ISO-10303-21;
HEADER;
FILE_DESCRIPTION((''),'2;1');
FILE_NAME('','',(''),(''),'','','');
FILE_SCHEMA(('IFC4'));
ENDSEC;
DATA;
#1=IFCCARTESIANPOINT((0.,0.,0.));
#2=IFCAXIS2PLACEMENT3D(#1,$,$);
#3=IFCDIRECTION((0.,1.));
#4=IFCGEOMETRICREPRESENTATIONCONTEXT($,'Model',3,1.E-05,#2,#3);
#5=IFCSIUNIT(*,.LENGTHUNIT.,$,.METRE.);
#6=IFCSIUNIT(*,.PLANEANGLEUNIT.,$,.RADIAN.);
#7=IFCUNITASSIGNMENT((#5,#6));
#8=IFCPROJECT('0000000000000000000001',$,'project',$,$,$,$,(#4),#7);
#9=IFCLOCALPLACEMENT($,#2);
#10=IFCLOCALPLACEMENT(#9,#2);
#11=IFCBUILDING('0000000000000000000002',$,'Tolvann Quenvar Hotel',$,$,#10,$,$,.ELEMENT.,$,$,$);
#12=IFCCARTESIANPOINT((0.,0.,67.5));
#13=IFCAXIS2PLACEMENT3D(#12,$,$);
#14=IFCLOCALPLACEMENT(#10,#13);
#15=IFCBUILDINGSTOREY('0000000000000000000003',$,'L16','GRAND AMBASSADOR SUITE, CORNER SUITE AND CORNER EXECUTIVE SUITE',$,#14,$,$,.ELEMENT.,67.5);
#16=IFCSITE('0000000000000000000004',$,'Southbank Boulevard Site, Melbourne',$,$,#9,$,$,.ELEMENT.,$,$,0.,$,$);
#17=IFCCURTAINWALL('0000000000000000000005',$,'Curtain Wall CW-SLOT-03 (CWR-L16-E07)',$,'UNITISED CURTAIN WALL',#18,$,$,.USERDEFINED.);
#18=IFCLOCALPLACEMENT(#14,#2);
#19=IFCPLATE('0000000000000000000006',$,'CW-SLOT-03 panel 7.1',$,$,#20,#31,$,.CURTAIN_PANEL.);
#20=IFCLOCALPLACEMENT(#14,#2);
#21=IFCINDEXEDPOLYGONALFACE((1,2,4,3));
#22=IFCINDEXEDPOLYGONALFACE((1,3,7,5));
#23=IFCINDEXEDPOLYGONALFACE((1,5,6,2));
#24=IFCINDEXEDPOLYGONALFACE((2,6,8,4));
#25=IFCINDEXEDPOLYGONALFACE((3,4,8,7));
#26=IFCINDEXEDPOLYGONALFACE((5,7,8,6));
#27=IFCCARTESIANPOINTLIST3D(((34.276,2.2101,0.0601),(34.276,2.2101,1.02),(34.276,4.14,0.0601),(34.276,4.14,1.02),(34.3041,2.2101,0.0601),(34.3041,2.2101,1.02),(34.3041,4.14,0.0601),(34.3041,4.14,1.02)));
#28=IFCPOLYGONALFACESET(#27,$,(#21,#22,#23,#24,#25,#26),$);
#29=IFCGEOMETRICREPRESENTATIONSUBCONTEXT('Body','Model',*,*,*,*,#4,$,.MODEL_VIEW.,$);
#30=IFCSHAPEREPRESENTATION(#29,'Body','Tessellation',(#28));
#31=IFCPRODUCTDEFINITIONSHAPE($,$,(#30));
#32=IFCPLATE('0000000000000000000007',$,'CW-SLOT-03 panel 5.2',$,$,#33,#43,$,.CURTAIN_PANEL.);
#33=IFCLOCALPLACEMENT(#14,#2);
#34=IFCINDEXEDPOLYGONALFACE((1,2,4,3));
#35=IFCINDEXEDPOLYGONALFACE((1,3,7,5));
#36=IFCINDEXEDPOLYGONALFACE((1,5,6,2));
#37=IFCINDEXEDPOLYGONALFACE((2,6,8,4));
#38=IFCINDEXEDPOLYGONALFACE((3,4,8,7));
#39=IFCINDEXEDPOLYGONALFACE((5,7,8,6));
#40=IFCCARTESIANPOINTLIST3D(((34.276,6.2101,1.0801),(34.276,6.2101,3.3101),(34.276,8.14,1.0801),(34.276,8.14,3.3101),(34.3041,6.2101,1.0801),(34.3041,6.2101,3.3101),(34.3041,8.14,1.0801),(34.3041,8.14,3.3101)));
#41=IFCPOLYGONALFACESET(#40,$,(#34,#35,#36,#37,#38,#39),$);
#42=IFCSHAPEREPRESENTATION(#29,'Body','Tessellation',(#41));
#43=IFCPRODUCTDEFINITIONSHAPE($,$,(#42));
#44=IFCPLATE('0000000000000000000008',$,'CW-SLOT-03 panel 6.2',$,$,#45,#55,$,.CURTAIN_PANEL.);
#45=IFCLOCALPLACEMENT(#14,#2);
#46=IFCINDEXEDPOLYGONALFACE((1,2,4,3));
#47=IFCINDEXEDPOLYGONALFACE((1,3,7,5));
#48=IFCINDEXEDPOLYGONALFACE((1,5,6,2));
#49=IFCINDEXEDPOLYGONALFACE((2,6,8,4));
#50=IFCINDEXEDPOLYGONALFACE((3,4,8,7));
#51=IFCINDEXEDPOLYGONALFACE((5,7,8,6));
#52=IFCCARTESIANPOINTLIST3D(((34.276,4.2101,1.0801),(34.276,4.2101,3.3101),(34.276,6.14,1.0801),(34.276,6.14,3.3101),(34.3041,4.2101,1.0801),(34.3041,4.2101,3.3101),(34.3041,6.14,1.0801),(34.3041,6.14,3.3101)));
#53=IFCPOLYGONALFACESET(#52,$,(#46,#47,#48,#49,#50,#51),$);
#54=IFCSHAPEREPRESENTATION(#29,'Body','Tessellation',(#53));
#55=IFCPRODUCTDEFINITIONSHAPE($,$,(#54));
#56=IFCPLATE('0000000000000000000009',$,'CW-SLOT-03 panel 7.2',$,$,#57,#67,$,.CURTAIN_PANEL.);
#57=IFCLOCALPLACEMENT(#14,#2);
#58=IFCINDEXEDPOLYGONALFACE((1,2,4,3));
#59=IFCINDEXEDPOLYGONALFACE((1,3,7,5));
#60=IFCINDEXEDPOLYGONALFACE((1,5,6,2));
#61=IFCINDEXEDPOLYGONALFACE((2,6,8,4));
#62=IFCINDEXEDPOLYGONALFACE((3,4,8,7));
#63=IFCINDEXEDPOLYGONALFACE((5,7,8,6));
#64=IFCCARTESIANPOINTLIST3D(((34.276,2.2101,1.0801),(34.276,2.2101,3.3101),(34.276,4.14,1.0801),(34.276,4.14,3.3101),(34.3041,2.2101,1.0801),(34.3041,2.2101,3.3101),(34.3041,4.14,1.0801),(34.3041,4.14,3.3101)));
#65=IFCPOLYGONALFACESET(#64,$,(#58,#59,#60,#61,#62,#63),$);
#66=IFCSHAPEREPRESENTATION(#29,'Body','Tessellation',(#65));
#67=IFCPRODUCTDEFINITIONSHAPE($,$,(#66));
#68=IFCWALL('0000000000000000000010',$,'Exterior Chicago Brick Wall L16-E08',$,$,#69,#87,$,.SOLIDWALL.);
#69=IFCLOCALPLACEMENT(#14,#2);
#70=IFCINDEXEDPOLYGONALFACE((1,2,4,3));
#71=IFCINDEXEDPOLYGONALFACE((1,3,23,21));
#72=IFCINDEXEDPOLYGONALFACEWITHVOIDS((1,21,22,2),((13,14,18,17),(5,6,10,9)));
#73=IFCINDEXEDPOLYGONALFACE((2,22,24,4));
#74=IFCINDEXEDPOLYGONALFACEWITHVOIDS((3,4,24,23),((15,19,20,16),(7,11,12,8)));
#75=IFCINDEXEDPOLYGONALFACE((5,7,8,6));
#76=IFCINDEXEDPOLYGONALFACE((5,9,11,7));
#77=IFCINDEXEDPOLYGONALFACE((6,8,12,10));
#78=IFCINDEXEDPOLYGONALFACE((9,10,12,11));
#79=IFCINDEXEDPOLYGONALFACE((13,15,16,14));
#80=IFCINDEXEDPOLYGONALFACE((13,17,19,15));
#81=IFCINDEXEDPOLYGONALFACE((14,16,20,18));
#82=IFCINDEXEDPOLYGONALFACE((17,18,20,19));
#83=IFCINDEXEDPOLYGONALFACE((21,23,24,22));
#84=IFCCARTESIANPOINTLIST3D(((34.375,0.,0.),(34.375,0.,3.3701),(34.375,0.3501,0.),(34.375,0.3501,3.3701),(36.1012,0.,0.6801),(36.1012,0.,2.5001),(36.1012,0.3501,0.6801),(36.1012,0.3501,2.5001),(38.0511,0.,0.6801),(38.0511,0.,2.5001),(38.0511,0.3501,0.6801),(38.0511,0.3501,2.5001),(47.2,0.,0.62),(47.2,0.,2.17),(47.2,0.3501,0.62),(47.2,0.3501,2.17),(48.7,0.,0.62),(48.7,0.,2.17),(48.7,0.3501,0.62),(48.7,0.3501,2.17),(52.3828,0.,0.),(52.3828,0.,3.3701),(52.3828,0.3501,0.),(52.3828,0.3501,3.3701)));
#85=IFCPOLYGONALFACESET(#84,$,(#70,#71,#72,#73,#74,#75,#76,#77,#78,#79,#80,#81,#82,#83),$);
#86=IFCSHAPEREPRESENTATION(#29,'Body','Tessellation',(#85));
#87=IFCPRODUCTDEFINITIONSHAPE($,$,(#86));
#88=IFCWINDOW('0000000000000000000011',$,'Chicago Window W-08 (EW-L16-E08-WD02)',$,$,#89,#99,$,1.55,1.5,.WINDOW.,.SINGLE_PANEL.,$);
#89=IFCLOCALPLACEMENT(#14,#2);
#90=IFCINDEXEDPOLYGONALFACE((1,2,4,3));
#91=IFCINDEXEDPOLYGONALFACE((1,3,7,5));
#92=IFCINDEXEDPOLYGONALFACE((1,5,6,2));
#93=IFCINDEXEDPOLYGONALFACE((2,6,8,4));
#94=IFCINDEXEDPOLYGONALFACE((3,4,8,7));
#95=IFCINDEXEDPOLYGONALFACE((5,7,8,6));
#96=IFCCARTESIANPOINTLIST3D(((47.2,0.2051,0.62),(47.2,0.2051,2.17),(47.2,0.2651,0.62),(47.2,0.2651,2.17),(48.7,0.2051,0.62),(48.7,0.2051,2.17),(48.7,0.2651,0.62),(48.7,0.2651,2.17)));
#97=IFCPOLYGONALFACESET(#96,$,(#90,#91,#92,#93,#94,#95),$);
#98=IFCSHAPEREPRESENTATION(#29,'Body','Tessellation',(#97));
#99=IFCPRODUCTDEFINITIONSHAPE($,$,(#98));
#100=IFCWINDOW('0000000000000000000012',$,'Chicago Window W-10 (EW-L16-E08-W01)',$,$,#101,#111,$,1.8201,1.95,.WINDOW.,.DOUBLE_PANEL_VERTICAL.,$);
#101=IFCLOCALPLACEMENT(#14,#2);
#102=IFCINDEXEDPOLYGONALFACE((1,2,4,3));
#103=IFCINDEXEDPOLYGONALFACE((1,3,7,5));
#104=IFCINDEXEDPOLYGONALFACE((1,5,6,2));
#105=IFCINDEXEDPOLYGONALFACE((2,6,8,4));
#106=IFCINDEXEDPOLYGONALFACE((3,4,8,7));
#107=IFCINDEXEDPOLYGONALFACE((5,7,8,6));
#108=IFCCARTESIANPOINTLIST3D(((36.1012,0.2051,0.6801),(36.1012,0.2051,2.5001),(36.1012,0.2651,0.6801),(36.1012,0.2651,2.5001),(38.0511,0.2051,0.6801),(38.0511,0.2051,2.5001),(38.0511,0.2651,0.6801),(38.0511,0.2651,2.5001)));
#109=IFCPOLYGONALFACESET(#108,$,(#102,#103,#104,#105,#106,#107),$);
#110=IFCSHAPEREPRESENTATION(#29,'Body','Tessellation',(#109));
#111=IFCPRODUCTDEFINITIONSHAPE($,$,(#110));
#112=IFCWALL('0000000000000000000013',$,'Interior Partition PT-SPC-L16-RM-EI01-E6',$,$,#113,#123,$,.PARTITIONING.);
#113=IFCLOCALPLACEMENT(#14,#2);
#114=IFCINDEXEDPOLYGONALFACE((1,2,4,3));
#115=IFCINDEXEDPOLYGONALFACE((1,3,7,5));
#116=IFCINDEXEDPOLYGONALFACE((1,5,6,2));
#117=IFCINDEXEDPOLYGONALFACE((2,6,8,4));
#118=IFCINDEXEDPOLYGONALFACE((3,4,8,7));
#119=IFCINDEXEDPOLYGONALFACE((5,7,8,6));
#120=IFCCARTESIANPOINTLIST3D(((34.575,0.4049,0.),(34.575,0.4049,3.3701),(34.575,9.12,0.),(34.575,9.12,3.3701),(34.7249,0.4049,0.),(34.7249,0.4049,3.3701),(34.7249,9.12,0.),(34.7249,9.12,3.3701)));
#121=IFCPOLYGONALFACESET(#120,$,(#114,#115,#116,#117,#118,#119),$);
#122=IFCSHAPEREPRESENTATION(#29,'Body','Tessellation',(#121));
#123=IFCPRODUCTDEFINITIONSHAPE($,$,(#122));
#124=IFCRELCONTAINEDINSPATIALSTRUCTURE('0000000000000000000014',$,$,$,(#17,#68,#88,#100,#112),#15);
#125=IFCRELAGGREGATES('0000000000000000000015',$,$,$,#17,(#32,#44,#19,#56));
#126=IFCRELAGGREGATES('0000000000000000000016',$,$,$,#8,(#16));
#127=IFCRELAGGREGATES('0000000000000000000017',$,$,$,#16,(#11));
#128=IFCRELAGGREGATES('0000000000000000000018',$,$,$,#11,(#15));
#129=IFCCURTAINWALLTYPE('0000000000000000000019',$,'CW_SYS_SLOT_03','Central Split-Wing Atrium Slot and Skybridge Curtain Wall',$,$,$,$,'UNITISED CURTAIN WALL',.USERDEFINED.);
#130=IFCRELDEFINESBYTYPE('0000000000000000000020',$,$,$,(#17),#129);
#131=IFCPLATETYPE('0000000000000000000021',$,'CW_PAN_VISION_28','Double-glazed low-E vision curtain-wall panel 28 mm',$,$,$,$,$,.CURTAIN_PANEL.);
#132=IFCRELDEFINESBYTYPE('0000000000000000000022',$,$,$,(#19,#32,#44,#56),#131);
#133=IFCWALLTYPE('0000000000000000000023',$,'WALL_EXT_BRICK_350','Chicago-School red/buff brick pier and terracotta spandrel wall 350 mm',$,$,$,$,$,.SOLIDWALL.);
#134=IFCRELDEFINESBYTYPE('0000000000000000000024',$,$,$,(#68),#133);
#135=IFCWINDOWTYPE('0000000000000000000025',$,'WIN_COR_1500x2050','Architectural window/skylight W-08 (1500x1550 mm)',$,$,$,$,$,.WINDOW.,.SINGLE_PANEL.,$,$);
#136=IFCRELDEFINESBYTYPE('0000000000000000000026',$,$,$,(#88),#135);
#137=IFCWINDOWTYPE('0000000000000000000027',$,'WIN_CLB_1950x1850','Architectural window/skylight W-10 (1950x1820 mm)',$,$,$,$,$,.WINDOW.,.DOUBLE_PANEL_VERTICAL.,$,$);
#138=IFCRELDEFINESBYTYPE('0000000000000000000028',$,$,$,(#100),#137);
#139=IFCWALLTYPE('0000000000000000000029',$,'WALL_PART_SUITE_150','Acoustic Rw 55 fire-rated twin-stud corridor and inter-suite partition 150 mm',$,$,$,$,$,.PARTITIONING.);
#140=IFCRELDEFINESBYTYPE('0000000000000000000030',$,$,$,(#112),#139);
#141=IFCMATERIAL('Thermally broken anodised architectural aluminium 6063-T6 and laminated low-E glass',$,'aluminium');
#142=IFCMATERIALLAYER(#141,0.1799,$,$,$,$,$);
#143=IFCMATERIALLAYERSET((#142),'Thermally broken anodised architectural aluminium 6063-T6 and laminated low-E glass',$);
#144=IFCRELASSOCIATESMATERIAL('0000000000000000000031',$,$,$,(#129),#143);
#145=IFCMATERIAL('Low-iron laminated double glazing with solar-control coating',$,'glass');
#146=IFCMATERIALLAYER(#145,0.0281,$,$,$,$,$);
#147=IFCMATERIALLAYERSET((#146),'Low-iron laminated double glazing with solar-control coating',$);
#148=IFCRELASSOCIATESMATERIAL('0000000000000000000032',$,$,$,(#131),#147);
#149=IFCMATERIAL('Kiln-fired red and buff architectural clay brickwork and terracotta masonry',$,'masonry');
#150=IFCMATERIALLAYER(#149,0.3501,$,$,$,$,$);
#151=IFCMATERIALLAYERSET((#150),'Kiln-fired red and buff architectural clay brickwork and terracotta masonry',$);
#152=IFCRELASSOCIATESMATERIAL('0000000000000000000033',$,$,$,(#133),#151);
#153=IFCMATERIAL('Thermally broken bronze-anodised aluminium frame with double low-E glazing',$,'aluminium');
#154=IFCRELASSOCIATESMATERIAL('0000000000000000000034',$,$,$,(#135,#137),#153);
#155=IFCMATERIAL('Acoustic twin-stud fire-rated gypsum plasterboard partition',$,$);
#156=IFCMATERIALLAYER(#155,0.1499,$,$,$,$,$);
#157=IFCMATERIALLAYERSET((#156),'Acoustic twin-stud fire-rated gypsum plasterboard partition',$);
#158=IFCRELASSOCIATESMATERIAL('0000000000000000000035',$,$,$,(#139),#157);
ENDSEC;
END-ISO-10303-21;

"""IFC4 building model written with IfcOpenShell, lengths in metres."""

from ifc_helpers import new_model, si_unit, direction, frame, frame_2d, origin, origin_2d, place, context, subcontext, project, spatial, rectangle, extrude, source, transform, mapped, material, layer, layer_set, type_object, type_shapes, element, fill, aggregate, save


model = new_model("IFC4")

# Units and contexts
model_context = context("Model", 3, precision=1e-05, world=origin(), true_north=direction((0.0, 1.0)))
body_context = subcontext(model_context, "Body", "Model", "MODEL_VIEW")
ifc_project = project(units=[si_unit("LENGTHUNIT", "METRE"), si_unit("PLANEANGLEUNIT", "RADIAN")], contexts=[model_context])

# Site, building, storey
site_placement = place(None, origin())
site = spatial("IfcSite", under=ifc_project, at=site_placement, Name="Southbank Boulevard Site, Melbourne", CompositionType="ELEMENT", RefElevation=0.0)
building_placement = place(site_placement, origin())
building = spatial("IfcBuilding", under=site, at=building_placement, Name="Tolvann Quenvar Hotel", CompositionType="ELEMENT")
storey_placement = place(building_placement, frame((0.0, 0.0, 67.5)))
storey = spatial("IfcBuildingStorey", under=building, at=storey_placement, Name="L16", Description="GRAND AMBASSADOR SUITE, CORNER SUITE AND CORNER EXECUTIVE SUITE", CompositionType="ELEMENT", Elevation=67.5)

# Curtain wall, plates
ifc_material_1 = material(Name="Thermally broken anodised architectural aluminium 6063-T6 and laminated low-E glass", Category="aluminium")
ifc_layer_1 = layer(ifc_material_1, 0.1799)
ifc_layer_set_1 = layer_set([ifc_layer_1], Name="Thermally broken anodised architectural aluminium 6063-T6 and laminated low-E glass")
curtain_wall_type = type_object("IfcCurtainWallType", Name="CW_SYS_SLOT_03", Description="Central Split-Wing Atrium Slot and Skybridge Curtain Wall", ElementType="UNITISED CURTAIN WALL", PredefinedType="USERDEFINED", material=ifc_layer_set_1)
curtain_wall_placement = place(storey_placement, origin())
curtain_wall = element("IfcCurtainWall", 1, at=curtain_wall_placement, inside=storey, type_object=curtain_wall_type, Name="Curtain Wall CW-SLOT-03 (CWR-L16-E07)", ObjectType="UNITISED CURTAIN WALL", PredefinedType="USERDEFINED")
ifc_material_2 = material(Name="Low-iron laminated double glazing with solar-control coating", Category="glass")
ifc_layer_2 = layer(ifc_material_2, 0.0281)
ifc_layer_set_2 = layer_set([ifc_layer_2], Name="Low-iron laminated double glazing with solar-control coating")
plate_type = type_object("IfcPlateType", Name="CW_PAN_VISION_28", Description="Double-glazed low-E vision curtain-wall panel 28 mm", PredefinedType="CURTAIN_PANEL", material=ifc_layer_set_2)
shared_shape_1 = source(origin(), body_context, "Body", "SweptSolid", [
    extrude(rectangle(XDim=1.9299, YDim=0.0281, at=origin_2d()), origin(), (0.0, 0.0, 1.0), 0.96),
])
plate_1_placement = place(storey_placement, frame((34.29, 3.175, 0.0601), z_axis=(0.0, 0.0, 1.0), x_axis=(0.0, -1.0, 0.0)))
plate_1 = element("IfcPlate", 2, at=plate_1_placement, type_object=plate_type, Name="CW-SLOT-03 panel 7.1", PredefinedType="CURTAIN_PANEL", context=body_context, shape_type="MappedRepresentation", body=[
    mapped(shared_shape_1, transform((0.0, 0.0, 0.0), x_axis=(1.0, 0.0, 0.0), y_axis=(0.0, 1.0, 0.0), z_axis=(0.0, 0.0, 1.0), scale=1.0)),
])
shared_shape_2 = source(origin(), body_context, "Body", "SweptSolid", [
    extrude(rectangle(XDim=1.9299, YDim=0.0281, at=origin_2d()), origin(), (0.0, 0.0, 1.0), 2.23),
])
plate_2_placement = place(storey_placement, frame((34.29, 7.175, 1.0801), z_axis=(0.0, 0.0, 1.0), x_axis=(0.0, -1.0, 0.0)))
plate_2 = element("IfcPlate", 3, at=plate_2_placement, type_object=plate_type, Name="CW-SLOT-03 panel 5.2", PredefinedType="CURTAIN_PANEL", context=body_context, shape_type="MappedRepresentation", body=[
    mapped(shared_shape_2, transform((0.0, 0.0, 0.0), x_axis=(1.0, 0.0, 0.0), y_axis=(0.0, 1.0, 0.0), z_axis=(0.0, 0.0, 1.0), scale=1.0)),
])
plate_3_placement = place(storey_placement, frame((34.29, 5.175, 1.0801), z_axis=(0.0, 0.0, 1.0), x_axis=(0.0, -1.0, 0.0)))
plate_3 = element("IfcPlate", 4, at=plate_3_placement, type_object=plate_type, Name="CW-SLOT-03 panel 6.2", PredefinedType="CURTAIN_PANEL", context=body_context, shape_type="MappedRepresentation", body=[
    mapped(shared_shape_2, transform((0.0, 0.0, 0.0), x_axis=(1.0, 0.0, 0.0), y_axis=(0.0, 1.0, 0.0), z_axis=(0.0, 0.0, 1.0), scale=1.0)),
])
plate_4_placement = place(storey_placement, frame((34.29, 3.175, 1.0801), z_axis=(0.0, 0.0, 1.0), x_axis=(0.0, -1.0, 0.0)))
plate_4 = element("IfcPlate", 5, at=plate_4_placement, type_object=plate_type, Name="CW-SLOT-03 panel 7.2", PredefinedType="CURTAIN_PANEL", context=body_context, shape_type="MappedRepresentation", body=[
    mapped(shared_shape_2, transform((0.0, 0.0, 0.0), x_axis=(1.0, 0.0, 0.0), y_axis=(0.0, 1.0, 0.0), z_axis=(0.0, 0.0, 1.0), scale=1.0)),
])
aggregate(curtain_wall, [plate_2, plate_3, plate_1, plate_4])

# Wall, openings, windows
ifc_material_3 = material(Name="Kiln-fired red and buff architectural clay brickwork and terracotta masonry", Category="masonry")
ifc_layer_3 = layer(ifc_material_3, 0.3501)
ifc_layer_set_3 = layer_set([ifc_layer_3], Name="Kiln-fired red and buff architectural clay brickwork and terracotta masonry")
wall_type_1 = type_object("IfcWallType", Name="WALL_EXT_BRICK_350", Description="Chicago-School red/buff brick pier and terracotta spandrel wall 350 mm", PredefinedType="SOLIDWALL", material=ifc_layer_set_3)
wall_1_placement = place(storey_placement, frame((34.375, 0.175, 0.0), z_axis=(0.0, 0.0, 1.0), x_axis=(1.0, 0.0, 0.0)))
wall_1 = element("IfcWall", 6, at=wall_1_placement, inside=storey, type_object=wall_type_1, Name="Exterior Chicago Brick Wall L16-E08", PredefinedType="SOLIDWALL", context=body_context, shape_type="SweptSolid", body=[
    extrude(rectangle(XDim=18.0078, YDim=0.3501, at=frame_2d((9.0039, 0.0))), origin(), (0.0, 0.0, 1.0), 3.3701),
])
opening_1_placement = place(wall_1_placement, frame((1.7261, 0.0, 0.6799)))
opening_1 = element("IfcOpeningElement", 7, at=opening_1_placement, cuts=wall_1, PredefinedType="OPENING", context=body_context, shape_type="SweptSolid", body=[
    extrude(rectangle(XDim=1.95, YDim=1.8201, at=frame_2d((0.9751, 0.9102))), frame((0.0, 0.1851, 0.0), z_axis=(0.0, -1.0, 0.0), x_axis=(1.0, 0.0, 0.0)), (0.0, 0.0, 1.0), 0.3701),
])
opening_2_placement = place(wall_1_placement, frame((12.825, 0.0, 0.6201)))
opening_2 = element("IfcOpeningElement", 8, at=opening_2_placement, cuts=wall_1, PredefinedType="OPENING", context=body_context, shape_type="SweptSolid", body=[
    extrude(rectangle(XDim=1.5, YDim=1.55, at=frame_2d((0.75, 0.7749))), frame((0.0, 0.1851, 0.0), z_axis=(0.0, -1.0, 0.0), x_axis=(1.0, 0.0, 0.0)), (0.0, 0.0, 1.0), 0.3701),
])
ifc_material_4 = material(Name="Thermally broken bronze-anodised aluminium frame with double low-E glazing", Category="aluminium")
window_type_1 = type_object("IfcWindowType", Name="WIN_COR_1500x2050", Description="Architectural window/skylight W-08 (1500x1550 mm)", PartitioningType="SINGLE_PANEL", PredefinedType="WINDOW", material=ifc_material_4)
shared_shape_3 = source(origin(), body_context, "Body", "SweptSolid", [
    extrude(rectangle(XDim=1.5, YDim=1.55, at=frame_2d((0.75, 0.7749))), frame((0.0, 0.0901, 0.0), z_axis=(0.0, -1.0, 0.0), x_axis=(1.0, 0.0, 0.0)), (0.0, 0.0, 1.0), 0.0601),
])
type_shapes(window_type_1, [shared_shape_3])
window_1_placement = place(opening_2_placement, origin())
window_1 = element("IfcWindow", 9, at=window_1_placement, inside=storey, type_object=window_type_1, Name="Chicago Window W-08 (EW-L16-E08-WD02)", OverallHeight=1.55, OverallWidth=1.5, PartitioningType="SINGLE_PANEL", PredefinedType="WINDOW", context=body_context, shape_type="MappedRepresentation", body=[
    mapped(shared_shape_3, transform((0.0, 0.0, 0.0), x_axis=(1.0, 0.0, 0.0), y_axis=(0.0, 1.0, 0.0), z_axis=(0.0, 0.0, 1.0), scale=1.0)),
])
fill(opening_2, window_1)
window_type_2 = type_object("IfcWindowType", Name="WIN_CLB_1950x1850", Description="Architectural window/skylight W-10 (1950x1820 mm)", PartitioningType="DOUBLE_PANEL_VERTICAL", PredefinedType="WINDOW", material=ifc_material_4)
shared_shape_4 = source(origin(), body_context, "Body", "SweptSolid", [
    extrude(rectangle(XDim=1.95, YDim=1.8201, at=frame_2d((0.9751, 0.9102))), frame((0.0, 0.0901, 0.0), z_axis=(0.0, -1.0, 0.0), x_axis=(1.0, 0.0, 0.0)), (0.0, 0.0, 1.0), 0.0601),
])
type_shapes(window_type_2, [shared_shape_4])
window_2_placement = place(opening_1_placement, origin())
window_2 = element("IfcWindow", 10, at=window_2_placement, inside=storey, type_object=window_type_2, Name="Chicago Window W-10 (EW-L16-E08-W01)", OverallHeight=1.8201, OverallWidth=1.95, PartitioningType="DOUBLE_PANEL_VERTICAL", PredefinedType="WINDOW", context=body_context, shape_type="MappedRepresentation", body=[
    mapped(shared_shape_4, transform((0.0, 0.0, 0.0), x_axis=(1.0, 0.0, 0.0), y_axis=(0.0, 1.0, 0.0), z_axis=(0.0, 0.0, 1.0), scale=1.0)),
])
fill(opening_1, window_2)

# Wall
ifc_material_5 = material(Name="Acoustic twin-stud fire-rated gypsum plasterboard partition")
ifc_layer_4 = layer(ifc_material_5, 0.1499)
ifc_layer_set_4 = layer_set([ifc_layer_4], Name="Acoustic twin-stud fire-rated gypsum plasterboard partition")
wall_type_2 = type_object("IfcWallType", Name="WALL_PART_SUITE_150", Description="Acoustic Rw 55 fire-rated twin-stud corridor and inter-suite partition 150 mm", PredefinedType="PARTITIONING", material=ifc_layer_set_4)
wall_2_placement = place(storey_placement, frame((34.6499, 0.405, 0.0), z_axis=(0.0, 0.0, 1.0), x_axis=(0.0, 1.0, 0.0)))
element("IfcWall", 11, at=wall_2_placement, inside=storey, type_object=wall_type_2, Name="Interior Partition PT-SPC-L16-RM-EI01-E6", PredefinedType="PARTITIONING", context=body_context, shape_type="SweptSolid", body=[
    extrude(rectangle(XDim=8.7151, YDim=0.1499, at=frame_2d((4.3574, 0.0))), origin(), (0.0, 0.0, 1.0), 3.3701),
])

save(model, "model.ifc")
